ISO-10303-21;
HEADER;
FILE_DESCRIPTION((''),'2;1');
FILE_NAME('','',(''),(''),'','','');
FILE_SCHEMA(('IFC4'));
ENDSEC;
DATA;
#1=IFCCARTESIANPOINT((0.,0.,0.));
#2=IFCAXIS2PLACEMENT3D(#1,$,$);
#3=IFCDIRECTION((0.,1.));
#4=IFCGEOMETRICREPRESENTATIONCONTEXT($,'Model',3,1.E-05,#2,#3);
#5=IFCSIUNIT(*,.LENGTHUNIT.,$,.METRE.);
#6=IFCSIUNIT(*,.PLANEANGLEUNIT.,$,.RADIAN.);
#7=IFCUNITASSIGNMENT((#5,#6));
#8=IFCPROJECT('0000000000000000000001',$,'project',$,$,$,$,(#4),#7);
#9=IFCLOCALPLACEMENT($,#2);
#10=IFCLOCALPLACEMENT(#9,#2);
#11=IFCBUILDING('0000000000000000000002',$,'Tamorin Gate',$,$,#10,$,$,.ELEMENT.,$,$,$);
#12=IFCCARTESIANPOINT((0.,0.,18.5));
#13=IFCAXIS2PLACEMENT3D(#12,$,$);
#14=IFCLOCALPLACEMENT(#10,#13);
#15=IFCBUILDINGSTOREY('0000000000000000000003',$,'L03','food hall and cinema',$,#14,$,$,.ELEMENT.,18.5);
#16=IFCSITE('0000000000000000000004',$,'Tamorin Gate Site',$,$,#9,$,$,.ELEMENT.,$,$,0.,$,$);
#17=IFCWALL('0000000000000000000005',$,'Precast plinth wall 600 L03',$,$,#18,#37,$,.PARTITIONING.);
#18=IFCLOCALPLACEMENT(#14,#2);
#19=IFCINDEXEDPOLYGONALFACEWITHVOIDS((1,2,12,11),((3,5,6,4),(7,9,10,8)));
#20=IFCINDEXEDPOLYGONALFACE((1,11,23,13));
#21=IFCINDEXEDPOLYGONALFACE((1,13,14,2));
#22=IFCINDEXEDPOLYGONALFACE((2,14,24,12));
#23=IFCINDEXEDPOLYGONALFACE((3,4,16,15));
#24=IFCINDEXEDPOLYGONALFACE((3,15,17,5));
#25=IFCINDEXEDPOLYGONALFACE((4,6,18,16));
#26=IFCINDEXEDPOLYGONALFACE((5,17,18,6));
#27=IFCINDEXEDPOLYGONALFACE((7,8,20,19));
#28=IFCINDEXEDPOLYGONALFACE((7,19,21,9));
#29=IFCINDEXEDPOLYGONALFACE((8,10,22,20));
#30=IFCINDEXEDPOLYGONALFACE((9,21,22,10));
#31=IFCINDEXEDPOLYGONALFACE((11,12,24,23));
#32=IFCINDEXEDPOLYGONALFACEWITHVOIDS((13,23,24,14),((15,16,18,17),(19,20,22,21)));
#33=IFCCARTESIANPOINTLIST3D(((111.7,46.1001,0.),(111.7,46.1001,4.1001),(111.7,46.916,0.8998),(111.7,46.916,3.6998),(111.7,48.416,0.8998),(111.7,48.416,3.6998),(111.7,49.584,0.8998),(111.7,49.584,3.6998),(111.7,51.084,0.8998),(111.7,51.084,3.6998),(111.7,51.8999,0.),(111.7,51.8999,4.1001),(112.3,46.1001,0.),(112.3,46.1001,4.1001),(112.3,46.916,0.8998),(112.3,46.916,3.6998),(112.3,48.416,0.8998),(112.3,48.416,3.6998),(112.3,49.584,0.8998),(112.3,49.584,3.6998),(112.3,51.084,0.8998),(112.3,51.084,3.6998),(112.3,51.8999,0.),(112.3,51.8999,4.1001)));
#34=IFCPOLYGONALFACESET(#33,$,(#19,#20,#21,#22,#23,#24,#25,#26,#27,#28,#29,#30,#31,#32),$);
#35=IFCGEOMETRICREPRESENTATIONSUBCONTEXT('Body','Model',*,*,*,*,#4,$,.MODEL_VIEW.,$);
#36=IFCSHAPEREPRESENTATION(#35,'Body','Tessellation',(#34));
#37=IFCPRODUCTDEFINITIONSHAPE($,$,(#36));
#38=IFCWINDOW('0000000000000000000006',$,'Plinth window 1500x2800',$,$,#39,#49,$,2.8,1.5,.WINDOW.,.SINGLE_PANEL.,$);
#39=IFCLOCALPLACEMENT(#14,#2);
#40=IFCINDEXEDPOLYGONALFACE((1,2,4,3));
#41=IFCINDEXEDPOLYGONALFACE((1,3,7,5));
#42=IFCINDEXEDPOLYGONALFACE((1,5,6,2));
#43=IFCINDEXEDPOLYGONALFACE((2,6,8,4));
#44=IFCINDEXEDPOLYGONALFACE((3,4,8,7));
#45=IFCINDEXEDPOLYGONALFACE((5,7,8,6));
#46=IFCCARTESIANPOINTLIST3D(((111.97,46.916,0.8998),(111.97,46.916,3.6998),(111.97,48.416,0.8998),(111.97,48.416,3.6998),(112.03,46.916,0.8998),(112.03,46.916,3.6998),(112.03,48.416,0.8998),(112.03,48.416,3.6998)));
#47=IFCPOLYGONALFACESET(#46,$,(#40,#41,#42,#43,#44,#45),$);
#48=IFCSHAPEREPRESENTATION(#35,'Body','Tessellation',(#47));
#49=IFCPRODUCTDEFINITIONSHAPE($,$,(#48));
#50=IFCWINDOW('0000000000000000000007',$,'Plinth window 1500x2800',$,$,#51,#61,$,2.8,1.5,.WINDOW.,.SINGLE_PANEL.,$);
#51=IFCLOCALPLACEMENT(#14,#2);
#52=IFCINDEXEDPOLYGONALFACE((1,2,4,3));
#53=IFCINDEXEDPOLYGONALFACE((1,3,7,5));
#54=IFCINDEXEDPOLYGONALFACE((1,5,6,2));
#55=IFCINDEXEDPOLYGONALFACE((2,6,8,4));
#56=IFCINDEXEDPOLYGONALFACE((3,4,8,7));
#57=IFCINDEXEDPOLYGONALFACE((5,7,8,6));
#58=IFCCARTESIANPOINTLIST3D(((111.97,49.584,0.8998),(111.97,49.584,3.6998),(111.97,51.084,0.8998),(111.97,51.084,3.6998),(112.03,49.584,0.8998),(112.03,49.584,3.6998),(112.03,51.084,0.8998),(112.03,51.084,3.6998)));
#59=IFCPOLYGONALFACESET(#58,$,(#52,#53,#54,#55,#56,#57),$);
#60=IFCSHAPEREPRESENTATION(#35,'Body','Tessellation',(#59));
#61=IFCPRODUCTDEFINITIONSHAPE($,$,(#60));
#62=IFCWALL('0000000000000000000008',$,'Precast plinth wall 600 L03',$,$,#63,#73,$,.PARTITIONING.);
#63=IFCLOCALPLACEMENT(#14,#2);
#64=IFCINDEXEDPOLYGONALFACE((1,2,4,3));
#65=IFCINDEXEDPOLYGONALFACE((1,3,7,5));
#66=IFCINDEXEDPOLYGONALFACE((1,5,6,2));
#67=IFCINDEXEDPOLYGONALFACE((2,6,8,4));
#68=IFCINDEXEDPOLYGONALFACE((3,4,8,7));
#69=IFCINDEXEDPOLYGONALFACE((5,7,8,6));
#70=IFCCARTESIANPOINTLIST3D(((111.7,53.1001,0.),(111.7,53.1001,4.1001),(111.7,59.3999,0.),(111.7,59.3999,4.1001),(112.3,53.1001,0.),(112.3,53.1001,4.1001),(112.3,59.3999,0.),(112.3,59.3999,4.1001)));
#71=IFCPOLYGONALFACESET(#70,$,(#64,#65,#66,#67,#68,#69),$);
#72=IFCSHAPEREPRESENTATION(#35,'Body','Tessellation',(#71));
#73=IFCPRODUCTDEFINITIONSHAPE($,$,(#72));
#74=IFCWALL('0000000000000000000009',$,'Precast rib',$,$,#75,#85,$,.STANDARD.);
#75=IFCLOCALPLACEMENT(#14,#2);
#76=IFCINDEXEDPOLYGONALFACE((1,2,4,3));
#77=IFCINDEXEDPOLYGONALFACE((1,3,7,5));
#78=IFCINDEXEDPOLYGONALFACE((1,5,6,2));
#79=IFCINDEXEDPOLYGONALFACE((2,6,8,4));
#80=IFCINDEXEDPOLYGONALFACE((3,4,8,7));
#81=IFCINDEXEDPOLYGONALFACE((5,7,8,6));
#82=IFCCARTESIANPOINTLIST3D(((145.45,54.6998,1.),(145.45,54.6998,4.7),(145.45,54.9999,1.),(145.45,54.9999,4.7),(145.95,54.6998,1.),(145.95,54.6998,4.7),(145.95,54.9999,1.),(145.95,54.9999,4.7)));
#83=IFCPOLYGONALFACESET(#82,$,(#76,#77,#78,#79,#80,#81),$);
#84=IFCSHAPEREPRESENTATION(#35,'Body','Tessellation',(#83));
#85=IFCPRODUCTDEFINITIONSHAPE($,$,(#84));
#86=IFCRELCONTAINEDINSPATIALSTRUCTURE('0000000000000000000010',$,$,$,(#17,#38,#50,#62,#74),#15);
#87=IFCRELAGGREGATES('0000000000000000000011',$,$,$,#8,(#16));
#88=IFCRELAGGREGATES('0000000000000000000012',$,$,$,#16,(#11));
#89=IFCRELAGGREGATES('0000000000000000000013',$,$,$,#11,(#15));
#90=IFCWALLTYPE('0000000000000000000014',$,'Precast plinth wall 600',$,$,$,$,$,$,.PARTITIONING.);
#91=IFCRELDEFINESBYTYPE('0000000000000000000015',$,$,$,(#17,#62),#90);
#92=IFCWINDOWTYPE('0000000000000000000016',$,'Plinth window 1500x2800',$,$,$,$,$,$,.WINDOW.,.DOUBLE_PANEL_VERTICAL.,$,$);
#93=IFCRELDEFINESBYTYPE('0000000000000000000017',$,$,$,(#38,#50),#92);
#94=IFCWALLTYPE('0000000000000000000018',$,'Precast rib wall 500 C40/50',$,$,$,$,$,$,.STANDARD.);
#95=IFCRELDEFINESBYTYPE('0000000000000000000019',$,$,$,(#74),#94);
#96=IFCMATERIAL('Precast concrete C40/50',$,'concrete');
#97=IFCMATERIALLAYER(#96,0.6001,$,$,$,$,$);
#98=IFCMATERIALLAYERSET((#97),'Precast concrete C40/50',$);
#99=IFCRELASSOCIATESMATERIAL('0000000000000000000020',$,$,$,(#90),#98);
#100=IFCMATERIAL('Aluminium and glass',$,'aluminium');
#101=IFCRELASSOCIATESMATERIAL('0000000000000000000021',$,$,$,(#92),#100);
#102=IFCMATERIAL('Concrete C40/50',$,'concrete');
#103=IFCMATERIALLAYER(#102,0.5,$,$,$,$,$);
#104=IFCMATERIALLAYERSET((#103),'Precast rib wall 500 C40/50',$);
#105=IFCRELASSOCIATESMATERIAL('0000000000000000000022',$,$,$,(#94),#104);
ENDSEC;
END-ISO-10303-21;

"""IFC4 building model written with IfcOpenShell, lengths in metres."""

from ifc_helpers import new_model, si_unit, direction, frame, frame_2d, origin, place, context, subcontext, project, spatial, rectangle, extrude, material, layer, layer_set, type_object, element, fill, save


model = new_model("IFC4")

# Units and contexts
model_context = context("Model", 3, precision=1e-05, world=origin(), true_north=direction((0.0, 1.0)))
body_context = subcontext(model_context, "Body", "Model", "MODEL_VIEW")
ifc_project = project(units=[si_unit("LENGTHUNIT", "METRE"), si_unit("PLANEANGLEUNIT", "RADIAN")], contexts=[model_context])

# Site, building, storey
site_placement = place(None, origin())
site = spatial("IfcSite", under=ifc_project, at=site_placement, Name="Tamorin Gate Site", CompositionType="ELEMENT", RefElevation=0.0)
building_placement = place(site_placement, origin())
building = spatial("IfcBuilding", under=site, at=building_placement, Name="Tamorin Gate", CompositionType="ELEMENT")
storey_placement = place(building_placement, frame((0.0, 0.0, 18.5)))
storey = spatial("IfcBuildingStorey", under=building, at=storey_placement, Name="L03", Description="food hall and cinema", CompositionType="ELEMENT", Elevation=18.5)

# Shared definitions
ifc_material_1 = material(Name="Concrete C40/50", Category="concrete")

# Wall, openings, windows
ifc_material_2 = material(Name="Precast concrete C40/50", Category="concrete")
ifc_layer_1 = layer(ifc_material_2, 0.6001)
ifc_layer_set_1 = layer_set([ifc_layer_1], Name="Precast concrete C40/50")
wall_type_1 = type_object("IfcWallType", Name="Precast plinth wall 600", PredefinedType="PARTITIONING", material=ifc_layer_set_1)
ifc_material_3 = material(Name="Aluminium and glass", Category="aluminium")
window_type = type_object("IfcWindowType", Name="Plinth window 1500x2800", PartitioningType="DOUBLE_PANEL_VERTICAL", PredefinedType="WINDOW", material=ifc_material_3)
wall_1_placement = place(storey_placement, frame((112.0, 46.1001, 0.0), z_axis=(0.0, 0.0, 1.0), x_axis=(0.0, 1.0, 0.0)))
wall_1 = element("IfcWall", 1, at=wall_1_placement, inside=storey, type_object=wall_type_1, Name="Precast plinth wall 600 L03", PredefinedType="PARTITIONING", context=body_context, shape_type="SweptSolid", body=[
    extrude(rectangle(XDim=5.7998, YDim=0.6001, at=frame_2d((2.8999, 0.0))), origin(), (0.0, 0.0, 1.0), 4.1001),
])
opening_1_placement = place(wall_1_placement, frame((0.8159, 0.0, 0.8999)))
opening_1 = element("IfcOpeningElement", 2, at=opening_1_placement, cuts=wall_1, PredefinedType="OPENING", context=body_context, shape_type="SweptSolid", body=[
    extrude(rectangle(XDim=1.5, YDim=2.8, at=frame_2d((0.75, 1.3999))), frame((0.0, 0.3101, 0.0), z_axis=(0.0, -1.0, 0.0), x_axis=(1.0, 0.0, 0.0)), (0.0, 0.0, 1.0), 0.6201),
])
opening_2_placement = place(wall_1_placement, frame((3.4839, 0.0, 0.8999)))
opening_2 = element("IfcOpeningElement", 3, at=opening_2_placement, cuts=wall_1, PredefinedType="OPENING", context=body_context, shape_type="SweptSolid", body=[
    extrude(rectangle(XDim=1.5, YDim=2.8, at=frame_2d((0.75, 1.3999))), frame((0.0, 0.3101, 0.0), z_axis=(0.0, -1.0, 0.0), x_axis=(1.0, 0.0, 0.0)), (0.0, 0.0, 1.0), 0.6201),
])
window_1_placement = place(opening_1_placement, origin())
window_1 = element("IfcWindow", 4, at=window_1_placement, inside=storey, type_object=window_type, Name="Plinth window 1500x2800", OverallHeight=2.8, OverallWidth=1.5, PartitioningType="SINGLE_PANEL", PredefinedType="WINDOW", context=body_context, shape_type="SweptSolid", body=[
    extrude(rectangle(XDim=1.5, YDim=2.8, at=frame_2d((0.75, 1.3999))), frame((0.0, 0.03, 0.0), z_axis=(0.0, -1.0, 0.0), x_axis=(1.0, 0.0, 0.0)), (0.0, 0.0, 1.0), 0.0601),
])
fill(opening_1, window_1)
window_2_placement = place(opening_2_placement, origin())
window_2 = element("IfcWindow", 5, at=window_2_placement, inside=storey, type_object=window_type, Name="Plinth window 1500x2800", OverallHeight=2.8, OverallWidth=1.5, PartitioningType="SINGLE_PANEL", PredefinedType="WINDOW", context=body_context, shape_type="SweptSolid", body=[
    extrude(rectangle(XDim=1.5, YDim=2.8, at=frame_2d((0.75, 1.3999))), frame((0.0, 0.03, 0.0), z_axis=(0.0, -1.0, 0.0), x_axis=(1.0, 0.0, 0.0)), (0.0, 0.0, 1.0), 0.0601),
])
fill(opening_2, window_2)

# Walls
wall_2_placement = place(storey_placement, frame((112.0, 53.1001, 0.0), z_axis=(0.0, 0.0, 1.0), x_axis=(0.0, 1.0, 0.0)))
element("IfcWall", 6, at=wall_2_placement, inside=storey, type_object=wall_type_1, Name="Precast plinth wall 600 L03", PredefinedType="PARTITIONING", context=body_context, shape_type="SweptSolid", body=[
    extrude(rectangle(XDim=6.2998, YDim=0.6001, at=frame_2d((3.1499, 0.0))), origin(), (0.0, 0.0, 1.0), 4.1001),
])
ifc_layer_2 = layer(ifc_material_1, 0.5)
ifc_layer_set_2 = layer_set([ifc_layer_2], Name="Precast rib wall 500 C40/50")
wall_type_2 = type_object("IfcWallType", Name="Precast rib wall 500 C40/50", PredefinedType="STANDARD", material=ifc_layer_set_2)
wall_3_placement = place(storey_placement, frame((145.7, 54.7, 1.0), z_axis=(0.0, 0.0, 1.0), x_axis=(0.0, 1.0, 0.0)))
element("IfcWall", 7, at=wall_3_placement, inside=storey, type_object=wall_type_2, Name="Precast rib", PredefinedType="STANDARD", context=body_context, shape_type="SweptSolid", body=[
    extrude(rectangle(XDim=0.3, YDim=0.5, at=frame_2d((0.1499, 0.0))), origin(), (0.0, 0.0, 1.0), 3.7),
])

save(model, "model.ifc")
